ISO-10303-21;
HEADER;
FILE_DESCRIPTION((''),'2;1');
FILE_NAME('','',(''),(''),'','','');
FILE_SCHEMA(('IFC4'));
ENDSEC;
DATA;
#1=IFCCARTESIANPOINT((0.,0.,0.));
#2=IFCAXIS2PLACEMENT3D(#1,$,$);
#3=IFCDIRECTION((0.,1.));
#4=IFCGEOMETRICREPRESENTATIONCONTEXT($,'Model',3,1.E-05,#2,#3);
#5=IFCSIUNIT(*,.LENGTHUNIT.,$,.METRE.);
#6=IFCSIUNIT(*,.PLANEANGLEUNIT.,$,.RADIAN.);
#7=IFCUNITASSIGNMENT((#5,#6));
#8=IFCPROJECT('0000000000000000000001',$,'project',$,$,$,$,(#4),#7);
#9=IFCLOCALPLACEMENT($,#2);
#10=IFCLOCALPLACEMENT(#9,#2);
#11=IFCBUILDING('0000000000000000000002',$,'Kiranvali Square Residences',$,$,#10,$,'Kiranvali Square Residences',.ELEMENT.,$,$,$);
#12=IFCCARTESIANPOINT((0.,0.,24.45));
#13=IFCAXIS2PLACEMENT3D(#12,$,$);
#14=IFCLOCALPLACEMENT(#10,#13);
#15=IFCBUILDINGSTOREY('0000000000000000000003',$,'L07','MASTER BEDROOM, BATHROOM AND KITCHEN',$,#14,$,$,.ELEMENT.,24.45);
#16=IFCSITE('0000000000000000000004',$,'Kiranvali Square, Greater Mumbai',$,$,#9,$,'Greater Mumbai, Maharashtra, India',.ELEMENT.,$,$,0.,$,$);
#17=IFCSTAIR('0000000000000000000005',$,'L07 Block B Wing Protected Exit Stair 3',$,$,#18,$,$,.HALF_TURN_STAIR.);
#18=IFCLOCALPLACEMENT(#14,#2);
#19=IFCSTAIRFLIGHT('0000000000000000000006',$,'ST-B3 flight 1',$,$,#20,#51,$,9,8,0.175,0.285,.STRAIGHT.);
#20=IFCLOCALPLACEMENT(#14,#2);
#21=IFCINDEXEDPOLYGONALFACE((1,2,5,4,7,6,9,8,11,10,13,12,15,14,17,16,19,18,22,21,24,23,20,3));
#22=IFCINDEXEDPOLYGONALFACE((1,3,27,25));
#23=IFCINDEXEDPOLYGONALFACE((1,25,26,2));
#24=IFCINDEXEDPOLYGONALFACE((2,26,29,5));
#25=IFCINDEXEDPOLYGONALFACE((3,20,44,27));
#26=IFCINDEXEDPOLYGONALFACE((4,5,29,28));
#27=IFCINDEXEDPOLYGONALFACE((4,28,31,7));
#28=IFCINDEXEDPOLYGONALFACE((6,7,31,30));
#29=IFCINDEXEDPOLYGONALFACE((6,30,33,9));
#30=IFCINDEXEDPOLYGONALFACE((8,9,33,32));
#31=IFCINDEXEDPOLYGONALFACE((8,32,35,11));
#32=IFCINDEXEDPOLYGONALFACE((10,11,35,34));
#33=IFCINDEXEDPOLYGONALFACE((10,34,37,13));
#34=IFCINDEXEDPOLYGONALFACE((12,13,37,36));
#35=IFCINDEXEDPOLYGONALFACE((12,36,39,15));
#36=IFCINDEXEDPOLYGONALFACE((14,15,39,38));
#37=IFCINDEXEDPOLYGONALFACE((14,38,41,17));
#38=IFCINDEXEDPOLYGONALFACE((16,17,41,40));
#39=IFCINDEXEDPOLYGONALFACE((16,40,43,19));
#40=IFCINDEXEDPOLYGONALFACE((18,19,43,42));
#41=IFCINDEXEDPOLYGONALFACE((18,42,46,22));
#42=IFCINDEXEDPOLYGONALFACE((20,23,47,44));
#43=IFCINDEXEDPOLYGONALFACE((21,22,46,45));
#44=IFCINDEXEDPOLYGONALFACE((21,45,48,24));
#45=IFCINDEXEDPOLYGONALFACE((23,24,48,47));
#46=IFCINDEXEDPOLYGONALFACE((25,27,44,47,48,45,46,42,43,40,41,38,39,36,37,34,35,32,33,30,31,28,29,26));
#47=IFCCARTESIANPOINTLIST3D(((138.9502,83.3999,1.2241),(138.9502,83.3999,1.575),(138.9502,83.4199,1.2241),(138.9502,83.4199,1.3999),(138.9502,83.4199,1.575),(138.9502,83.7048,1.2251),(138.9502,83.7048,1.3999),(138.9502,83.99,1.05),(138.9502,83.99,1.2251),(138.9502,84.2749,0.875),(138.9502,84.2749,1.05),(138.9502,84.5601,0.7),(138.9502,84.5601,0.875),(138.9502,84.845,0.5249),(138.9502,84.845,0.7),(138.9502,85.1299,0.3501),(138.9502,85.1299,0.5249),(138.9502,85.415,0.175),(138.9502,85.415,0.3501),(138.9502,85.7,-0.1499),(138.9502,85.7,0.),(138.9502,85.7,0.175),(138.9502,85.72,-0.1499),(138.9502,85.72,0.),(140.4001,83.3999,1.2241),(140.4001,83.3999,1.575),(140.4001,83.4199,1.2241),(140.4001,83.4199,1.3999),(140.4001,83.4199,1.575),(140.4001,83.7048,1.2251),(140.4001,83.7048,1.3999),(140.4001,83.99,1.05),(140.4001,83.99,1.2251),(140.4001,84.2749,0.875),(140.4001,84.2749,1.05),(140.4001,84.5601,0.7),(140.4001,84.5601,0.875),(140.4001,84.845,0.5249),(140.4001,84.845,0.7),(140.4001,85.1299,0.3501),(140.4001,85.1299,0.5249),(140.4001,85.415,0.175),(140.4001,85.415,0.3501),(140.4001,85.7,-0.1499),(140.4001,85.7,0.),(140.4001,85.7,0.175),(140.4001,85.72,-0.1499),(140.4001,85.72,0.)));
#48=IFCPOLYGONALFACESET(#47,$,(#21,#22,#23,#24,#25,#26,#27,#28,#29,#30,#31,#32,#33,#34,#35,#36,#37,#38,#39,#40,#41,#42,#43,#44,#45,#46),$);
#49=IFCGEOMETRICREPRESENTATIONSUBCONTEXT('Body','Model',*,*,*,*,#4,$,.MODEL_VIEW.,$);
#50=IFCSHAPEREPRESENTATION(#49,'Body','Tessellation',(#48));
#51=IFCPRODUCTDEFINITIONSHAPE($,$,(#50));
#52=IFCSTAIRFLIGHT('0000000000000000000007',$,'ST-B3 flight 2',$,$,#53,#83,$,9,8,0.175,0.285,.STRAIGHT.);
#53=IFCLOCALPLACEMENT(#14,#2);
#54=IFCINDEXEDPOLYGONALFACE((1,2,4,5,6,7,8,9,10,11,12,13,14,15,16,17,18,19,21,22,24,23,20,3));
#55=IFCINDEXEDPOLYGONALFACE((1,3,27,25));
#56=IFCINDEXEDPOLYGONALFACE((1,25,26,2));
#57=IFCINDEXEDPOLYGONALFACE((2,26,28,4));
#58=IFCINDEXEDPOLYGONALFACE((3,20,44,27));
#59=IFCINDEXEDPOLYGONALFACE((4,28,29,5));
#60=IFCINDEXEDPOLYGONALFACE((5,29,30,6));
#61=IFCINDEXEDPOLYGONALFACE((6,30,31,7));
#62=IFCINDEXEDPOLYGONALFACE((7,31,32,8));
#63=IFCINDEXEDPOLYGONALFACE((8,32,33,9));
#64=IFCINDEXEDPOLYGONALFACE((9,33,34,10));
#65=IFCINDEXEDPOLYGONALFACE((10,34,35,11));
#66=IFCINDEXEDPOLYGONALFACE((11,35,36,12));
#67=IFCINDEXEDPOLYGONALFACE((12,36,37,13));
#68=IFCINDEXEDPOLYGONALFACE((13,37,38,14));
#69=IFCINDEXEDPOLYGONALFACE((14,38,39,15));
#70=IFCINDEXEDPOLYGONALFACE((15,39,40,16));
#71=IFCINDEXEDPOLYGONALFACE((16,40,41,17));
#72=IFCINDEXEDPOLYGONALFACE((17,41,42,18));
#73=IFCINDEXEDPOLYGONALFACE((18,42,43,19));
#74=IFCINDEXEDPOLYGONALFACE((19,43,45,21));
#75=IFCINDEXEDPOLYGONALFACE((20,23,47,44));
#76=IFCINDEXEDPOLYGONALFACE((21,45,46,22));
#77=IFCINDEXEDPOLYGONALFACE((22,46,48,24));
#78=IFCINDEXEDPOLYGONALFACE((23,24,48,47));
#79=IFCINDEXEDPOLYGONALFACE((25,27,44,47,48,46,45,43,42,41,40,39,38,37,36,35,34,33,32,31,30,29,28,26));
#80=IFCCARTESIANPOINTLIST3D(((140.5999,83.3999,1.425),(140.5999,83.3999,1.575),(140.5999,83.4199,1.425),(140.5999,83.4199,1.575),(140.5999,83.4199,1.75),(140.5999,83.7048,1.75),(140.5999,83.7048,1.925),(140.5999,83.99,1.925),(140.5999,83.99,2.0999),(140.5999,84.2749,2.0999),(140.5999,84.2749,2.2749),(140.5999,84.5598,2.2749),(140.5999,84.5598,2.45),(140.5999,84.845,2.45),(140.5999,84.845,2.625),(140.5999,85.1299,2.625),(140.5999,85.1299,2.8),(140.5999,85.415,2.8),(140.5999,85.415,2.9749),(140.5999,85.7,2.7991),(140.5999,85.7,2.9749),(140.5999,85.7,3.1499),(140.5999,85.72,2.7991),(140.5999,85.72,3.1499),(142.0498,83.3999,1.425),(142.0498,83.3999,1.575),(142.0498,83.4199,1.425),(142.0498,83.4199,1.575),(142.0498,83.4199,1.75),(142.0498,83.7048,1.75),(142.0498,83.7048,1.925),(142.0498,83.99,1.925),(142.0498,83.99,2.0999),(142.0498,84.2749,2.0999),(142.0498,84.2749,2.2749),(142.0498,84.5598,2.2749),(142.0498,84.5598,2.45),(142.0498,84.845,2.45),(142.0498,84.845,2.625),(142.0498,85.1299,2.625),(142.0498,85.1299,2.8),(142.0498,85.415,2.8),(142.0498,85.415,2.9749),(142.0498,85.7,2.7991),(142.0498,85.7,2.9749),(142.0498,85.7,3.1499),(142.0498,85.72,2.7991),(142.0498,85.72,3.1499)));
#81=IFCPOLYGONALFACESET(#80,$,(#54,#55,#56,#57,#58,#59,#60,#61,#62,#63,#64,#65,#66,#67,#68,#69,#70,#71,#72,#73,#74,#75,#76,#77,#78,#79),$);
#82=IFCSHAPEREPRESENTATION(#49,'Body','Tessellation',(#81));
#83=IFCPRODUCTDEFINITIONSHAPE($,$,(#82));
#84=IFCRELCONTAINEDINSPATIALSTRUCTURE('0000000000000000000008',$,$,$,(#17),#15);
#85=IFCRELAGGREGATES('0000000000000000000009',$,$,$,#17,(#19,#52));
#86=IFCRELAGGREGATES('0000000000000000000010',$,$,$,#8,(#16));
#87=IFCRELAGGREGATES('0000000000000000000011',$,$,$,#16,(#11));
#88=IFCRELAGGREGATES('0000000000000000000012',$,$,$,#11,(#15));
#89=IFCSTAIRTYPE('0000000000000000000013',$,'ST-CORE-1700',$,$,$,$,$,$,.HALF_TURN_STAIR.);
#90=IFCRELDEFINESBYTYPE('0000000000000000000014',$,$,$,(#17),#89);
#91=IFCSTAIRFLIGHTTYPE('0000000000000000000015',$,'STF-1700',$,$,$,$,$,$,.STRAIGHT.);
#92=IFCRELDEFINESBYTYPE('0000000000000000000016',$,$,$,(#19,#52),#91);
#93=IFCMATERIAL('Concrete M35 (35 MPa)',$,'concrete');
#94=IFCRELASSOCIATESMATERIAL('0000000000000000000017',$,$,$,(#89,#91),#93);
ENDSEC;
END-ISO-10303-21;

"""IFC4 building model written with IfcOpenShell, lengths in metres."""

from ifc_helpers import new_model, si_unit, direction, frame, origin, place, context, subcontext, project, spatial, polyline, outline, extrude, material, type_object, element, aggregate, save


model = new_model("IFC4")

# Units and contexts
model_context = context("Model", 3, precision=1e-05, world=origin(), true_north=direction((0.0, 1.0)))
body_context = subcontext(model_context, "Body", "Model", "MODEL_VIEW")
ifc_project = project(units=[si_unit("LENGTHUNIT", "METRE"), si_unit("PLANEANGLEUNIT", "RADIAN")], contexts=[model_context])

# Site, building, storey
site_placement = place(None, origin())
site = spatial("IfcSite", under=ifc_project, at=site_placement, Name="Kiranvali Square, Greater Mumbai", LongName="Greater Mumbai, Maharashtra, India", CompositionType="ELEMENT", RefElevation=0.0)
building_placement = place(site_placement, origin())
building = spatial("IfcBuilding", under=site, at=building_placement, Name="Kiranvali Square Residences", LongName="Kiranvali Square Residences", CompositionType="ELEMENT")
storey_placement = place(building_placement, frame((0.0, 0.0, 24.45)))
storey = spatial("IfcBuildingStorey", under=building, at=storey_placement, Name="L07", Description="MASTER BEDROOM, BATHROOM AND KITCHEN", CompositionType="ELEMENT", Elevation=24.45)

# Stair, stair flights
ifc_material_1 = material(Name="Concrete M35 (35 MPa)", Category="concrete")
stair_type = type_object("IfcStairType", Name="ST-CORE-1700", PredefinedType="HALF_TURN_STAIR", material=ifc_material_1)
stair_placement = place(storey_placement, origin())
stair = element("IfcStair", 1, at=stair_placement, inside=storey, type_object=stair_type, Name="L07 Block B Wing Protected Exit Stair 3", PredefinedType="HALF_TURN_STAIR")
stair_flight_type = type_object("IfcStairFlightType", Name="STF-1700", PredefinedType="STRAIGHT", material=ifc_material_1)
stair_flight_1_placement = place(storey_placement, frame((139.675, 85.7, 0.0), z_axis=(0.0, 0.0, 1.0), x_axis=(0.0, -1.0, 0.0)))
stair_flight_1 = element("IfcStairFlight", 2, at=stair_flight_1_placement, type_object=stair_flight_type, Name="ST-B3 flight 1", NumberOfRisers=9, NumberOfTreads=8, PredefinedType="STRAIGHT", RiserHeight=0.175, TreadLength=0.285, context=body_context, shape_type="SweptSolid", body=[
    extrude(outline(polyline([(-0.02, -0.1499), (-0.02, 0.0), (0.0, 0.0), (0.0, 0.175), (0.2849, 0.175), (0.2849, 0.3501), (0.5701, 0.3501), (0.5701, 0.5249), (0.855, 0.5249), (0.855, 0.7), (1.1399, 0.7), (1.1399, 0.875), (1.425, 0.875), (1.425, 1.05), (1.71, 1.05), (1.71, 1.2251), (1.9951, 1.2251), (1.9951, 1.3999), (2.28, 1.3999), (2.28, 1.575), (2.3, 1.575), (2.3, 1.2241), (2.28, 1.2241), (0.0, -0.1499), (-0.02, -0.1499)])), frame((0.0, 0.7251, 0.0), z_axis=(0.0, -1.0, 0.0), x_axis=(1.0, 0.0, 0.0)), (0.0, 0.0, 1.0), 1.45),
])
stair_flight_2_placement = place(storey_placement, frame((141.325, 83.4199, 1.575), z_axis=(0.0, 0.0, 1.0), x_axis=(0.0, 1.0, 0.0)))
stair_flight_2 = element("IfcStairFlight", 3, at=stair_flight_2_placement, type_object=stair_flight_type, Name="ST-B3 flight 2", NumberOfRisers=9, NumberOfTreads=8, PredefinedType="STRAIGHT", RiserHeight=0.175, TreadLength=0.285, context=body_context, shape_type="SweptSolid", body=[
    extrude(outline(polyline([(-0.02, -0.1499), (-0.02, 0.0), (0.0, 0.0), (0.0, 0.175), (0.2849, 0.175), (0.2849, 0.3501), (0.5701, 0.3501), (0.5701, 0.5249), (0.855, 0.5249), (0.855, 0.7), (1.1399, 0.7), (1.1399, 0.875), (1.425, 0.875), (1.425, 1.05), (1.71, 1.05), (1.71, 1.2251), (1.9951, 1.2251), (1.9951, 1.3999), (2.28, 1.3999), (2.28, 1.575), (2.3, 1.575), (2.3, 1.2241), (2.28, 1.2241), (0.0, -0.1499), (-0.02, -0.1499)])), frame((0.0, 0.7251, 0.0), z_axis=(0.0, -1.0, 0.0), x_axis=(1.0, 0.0, 0.0)), (0.0, 0.0, 1.0), 1.45),
])
aggregate(stair, [stair_flight_1, stair_flight_2])

save(model, "model.ifc")
